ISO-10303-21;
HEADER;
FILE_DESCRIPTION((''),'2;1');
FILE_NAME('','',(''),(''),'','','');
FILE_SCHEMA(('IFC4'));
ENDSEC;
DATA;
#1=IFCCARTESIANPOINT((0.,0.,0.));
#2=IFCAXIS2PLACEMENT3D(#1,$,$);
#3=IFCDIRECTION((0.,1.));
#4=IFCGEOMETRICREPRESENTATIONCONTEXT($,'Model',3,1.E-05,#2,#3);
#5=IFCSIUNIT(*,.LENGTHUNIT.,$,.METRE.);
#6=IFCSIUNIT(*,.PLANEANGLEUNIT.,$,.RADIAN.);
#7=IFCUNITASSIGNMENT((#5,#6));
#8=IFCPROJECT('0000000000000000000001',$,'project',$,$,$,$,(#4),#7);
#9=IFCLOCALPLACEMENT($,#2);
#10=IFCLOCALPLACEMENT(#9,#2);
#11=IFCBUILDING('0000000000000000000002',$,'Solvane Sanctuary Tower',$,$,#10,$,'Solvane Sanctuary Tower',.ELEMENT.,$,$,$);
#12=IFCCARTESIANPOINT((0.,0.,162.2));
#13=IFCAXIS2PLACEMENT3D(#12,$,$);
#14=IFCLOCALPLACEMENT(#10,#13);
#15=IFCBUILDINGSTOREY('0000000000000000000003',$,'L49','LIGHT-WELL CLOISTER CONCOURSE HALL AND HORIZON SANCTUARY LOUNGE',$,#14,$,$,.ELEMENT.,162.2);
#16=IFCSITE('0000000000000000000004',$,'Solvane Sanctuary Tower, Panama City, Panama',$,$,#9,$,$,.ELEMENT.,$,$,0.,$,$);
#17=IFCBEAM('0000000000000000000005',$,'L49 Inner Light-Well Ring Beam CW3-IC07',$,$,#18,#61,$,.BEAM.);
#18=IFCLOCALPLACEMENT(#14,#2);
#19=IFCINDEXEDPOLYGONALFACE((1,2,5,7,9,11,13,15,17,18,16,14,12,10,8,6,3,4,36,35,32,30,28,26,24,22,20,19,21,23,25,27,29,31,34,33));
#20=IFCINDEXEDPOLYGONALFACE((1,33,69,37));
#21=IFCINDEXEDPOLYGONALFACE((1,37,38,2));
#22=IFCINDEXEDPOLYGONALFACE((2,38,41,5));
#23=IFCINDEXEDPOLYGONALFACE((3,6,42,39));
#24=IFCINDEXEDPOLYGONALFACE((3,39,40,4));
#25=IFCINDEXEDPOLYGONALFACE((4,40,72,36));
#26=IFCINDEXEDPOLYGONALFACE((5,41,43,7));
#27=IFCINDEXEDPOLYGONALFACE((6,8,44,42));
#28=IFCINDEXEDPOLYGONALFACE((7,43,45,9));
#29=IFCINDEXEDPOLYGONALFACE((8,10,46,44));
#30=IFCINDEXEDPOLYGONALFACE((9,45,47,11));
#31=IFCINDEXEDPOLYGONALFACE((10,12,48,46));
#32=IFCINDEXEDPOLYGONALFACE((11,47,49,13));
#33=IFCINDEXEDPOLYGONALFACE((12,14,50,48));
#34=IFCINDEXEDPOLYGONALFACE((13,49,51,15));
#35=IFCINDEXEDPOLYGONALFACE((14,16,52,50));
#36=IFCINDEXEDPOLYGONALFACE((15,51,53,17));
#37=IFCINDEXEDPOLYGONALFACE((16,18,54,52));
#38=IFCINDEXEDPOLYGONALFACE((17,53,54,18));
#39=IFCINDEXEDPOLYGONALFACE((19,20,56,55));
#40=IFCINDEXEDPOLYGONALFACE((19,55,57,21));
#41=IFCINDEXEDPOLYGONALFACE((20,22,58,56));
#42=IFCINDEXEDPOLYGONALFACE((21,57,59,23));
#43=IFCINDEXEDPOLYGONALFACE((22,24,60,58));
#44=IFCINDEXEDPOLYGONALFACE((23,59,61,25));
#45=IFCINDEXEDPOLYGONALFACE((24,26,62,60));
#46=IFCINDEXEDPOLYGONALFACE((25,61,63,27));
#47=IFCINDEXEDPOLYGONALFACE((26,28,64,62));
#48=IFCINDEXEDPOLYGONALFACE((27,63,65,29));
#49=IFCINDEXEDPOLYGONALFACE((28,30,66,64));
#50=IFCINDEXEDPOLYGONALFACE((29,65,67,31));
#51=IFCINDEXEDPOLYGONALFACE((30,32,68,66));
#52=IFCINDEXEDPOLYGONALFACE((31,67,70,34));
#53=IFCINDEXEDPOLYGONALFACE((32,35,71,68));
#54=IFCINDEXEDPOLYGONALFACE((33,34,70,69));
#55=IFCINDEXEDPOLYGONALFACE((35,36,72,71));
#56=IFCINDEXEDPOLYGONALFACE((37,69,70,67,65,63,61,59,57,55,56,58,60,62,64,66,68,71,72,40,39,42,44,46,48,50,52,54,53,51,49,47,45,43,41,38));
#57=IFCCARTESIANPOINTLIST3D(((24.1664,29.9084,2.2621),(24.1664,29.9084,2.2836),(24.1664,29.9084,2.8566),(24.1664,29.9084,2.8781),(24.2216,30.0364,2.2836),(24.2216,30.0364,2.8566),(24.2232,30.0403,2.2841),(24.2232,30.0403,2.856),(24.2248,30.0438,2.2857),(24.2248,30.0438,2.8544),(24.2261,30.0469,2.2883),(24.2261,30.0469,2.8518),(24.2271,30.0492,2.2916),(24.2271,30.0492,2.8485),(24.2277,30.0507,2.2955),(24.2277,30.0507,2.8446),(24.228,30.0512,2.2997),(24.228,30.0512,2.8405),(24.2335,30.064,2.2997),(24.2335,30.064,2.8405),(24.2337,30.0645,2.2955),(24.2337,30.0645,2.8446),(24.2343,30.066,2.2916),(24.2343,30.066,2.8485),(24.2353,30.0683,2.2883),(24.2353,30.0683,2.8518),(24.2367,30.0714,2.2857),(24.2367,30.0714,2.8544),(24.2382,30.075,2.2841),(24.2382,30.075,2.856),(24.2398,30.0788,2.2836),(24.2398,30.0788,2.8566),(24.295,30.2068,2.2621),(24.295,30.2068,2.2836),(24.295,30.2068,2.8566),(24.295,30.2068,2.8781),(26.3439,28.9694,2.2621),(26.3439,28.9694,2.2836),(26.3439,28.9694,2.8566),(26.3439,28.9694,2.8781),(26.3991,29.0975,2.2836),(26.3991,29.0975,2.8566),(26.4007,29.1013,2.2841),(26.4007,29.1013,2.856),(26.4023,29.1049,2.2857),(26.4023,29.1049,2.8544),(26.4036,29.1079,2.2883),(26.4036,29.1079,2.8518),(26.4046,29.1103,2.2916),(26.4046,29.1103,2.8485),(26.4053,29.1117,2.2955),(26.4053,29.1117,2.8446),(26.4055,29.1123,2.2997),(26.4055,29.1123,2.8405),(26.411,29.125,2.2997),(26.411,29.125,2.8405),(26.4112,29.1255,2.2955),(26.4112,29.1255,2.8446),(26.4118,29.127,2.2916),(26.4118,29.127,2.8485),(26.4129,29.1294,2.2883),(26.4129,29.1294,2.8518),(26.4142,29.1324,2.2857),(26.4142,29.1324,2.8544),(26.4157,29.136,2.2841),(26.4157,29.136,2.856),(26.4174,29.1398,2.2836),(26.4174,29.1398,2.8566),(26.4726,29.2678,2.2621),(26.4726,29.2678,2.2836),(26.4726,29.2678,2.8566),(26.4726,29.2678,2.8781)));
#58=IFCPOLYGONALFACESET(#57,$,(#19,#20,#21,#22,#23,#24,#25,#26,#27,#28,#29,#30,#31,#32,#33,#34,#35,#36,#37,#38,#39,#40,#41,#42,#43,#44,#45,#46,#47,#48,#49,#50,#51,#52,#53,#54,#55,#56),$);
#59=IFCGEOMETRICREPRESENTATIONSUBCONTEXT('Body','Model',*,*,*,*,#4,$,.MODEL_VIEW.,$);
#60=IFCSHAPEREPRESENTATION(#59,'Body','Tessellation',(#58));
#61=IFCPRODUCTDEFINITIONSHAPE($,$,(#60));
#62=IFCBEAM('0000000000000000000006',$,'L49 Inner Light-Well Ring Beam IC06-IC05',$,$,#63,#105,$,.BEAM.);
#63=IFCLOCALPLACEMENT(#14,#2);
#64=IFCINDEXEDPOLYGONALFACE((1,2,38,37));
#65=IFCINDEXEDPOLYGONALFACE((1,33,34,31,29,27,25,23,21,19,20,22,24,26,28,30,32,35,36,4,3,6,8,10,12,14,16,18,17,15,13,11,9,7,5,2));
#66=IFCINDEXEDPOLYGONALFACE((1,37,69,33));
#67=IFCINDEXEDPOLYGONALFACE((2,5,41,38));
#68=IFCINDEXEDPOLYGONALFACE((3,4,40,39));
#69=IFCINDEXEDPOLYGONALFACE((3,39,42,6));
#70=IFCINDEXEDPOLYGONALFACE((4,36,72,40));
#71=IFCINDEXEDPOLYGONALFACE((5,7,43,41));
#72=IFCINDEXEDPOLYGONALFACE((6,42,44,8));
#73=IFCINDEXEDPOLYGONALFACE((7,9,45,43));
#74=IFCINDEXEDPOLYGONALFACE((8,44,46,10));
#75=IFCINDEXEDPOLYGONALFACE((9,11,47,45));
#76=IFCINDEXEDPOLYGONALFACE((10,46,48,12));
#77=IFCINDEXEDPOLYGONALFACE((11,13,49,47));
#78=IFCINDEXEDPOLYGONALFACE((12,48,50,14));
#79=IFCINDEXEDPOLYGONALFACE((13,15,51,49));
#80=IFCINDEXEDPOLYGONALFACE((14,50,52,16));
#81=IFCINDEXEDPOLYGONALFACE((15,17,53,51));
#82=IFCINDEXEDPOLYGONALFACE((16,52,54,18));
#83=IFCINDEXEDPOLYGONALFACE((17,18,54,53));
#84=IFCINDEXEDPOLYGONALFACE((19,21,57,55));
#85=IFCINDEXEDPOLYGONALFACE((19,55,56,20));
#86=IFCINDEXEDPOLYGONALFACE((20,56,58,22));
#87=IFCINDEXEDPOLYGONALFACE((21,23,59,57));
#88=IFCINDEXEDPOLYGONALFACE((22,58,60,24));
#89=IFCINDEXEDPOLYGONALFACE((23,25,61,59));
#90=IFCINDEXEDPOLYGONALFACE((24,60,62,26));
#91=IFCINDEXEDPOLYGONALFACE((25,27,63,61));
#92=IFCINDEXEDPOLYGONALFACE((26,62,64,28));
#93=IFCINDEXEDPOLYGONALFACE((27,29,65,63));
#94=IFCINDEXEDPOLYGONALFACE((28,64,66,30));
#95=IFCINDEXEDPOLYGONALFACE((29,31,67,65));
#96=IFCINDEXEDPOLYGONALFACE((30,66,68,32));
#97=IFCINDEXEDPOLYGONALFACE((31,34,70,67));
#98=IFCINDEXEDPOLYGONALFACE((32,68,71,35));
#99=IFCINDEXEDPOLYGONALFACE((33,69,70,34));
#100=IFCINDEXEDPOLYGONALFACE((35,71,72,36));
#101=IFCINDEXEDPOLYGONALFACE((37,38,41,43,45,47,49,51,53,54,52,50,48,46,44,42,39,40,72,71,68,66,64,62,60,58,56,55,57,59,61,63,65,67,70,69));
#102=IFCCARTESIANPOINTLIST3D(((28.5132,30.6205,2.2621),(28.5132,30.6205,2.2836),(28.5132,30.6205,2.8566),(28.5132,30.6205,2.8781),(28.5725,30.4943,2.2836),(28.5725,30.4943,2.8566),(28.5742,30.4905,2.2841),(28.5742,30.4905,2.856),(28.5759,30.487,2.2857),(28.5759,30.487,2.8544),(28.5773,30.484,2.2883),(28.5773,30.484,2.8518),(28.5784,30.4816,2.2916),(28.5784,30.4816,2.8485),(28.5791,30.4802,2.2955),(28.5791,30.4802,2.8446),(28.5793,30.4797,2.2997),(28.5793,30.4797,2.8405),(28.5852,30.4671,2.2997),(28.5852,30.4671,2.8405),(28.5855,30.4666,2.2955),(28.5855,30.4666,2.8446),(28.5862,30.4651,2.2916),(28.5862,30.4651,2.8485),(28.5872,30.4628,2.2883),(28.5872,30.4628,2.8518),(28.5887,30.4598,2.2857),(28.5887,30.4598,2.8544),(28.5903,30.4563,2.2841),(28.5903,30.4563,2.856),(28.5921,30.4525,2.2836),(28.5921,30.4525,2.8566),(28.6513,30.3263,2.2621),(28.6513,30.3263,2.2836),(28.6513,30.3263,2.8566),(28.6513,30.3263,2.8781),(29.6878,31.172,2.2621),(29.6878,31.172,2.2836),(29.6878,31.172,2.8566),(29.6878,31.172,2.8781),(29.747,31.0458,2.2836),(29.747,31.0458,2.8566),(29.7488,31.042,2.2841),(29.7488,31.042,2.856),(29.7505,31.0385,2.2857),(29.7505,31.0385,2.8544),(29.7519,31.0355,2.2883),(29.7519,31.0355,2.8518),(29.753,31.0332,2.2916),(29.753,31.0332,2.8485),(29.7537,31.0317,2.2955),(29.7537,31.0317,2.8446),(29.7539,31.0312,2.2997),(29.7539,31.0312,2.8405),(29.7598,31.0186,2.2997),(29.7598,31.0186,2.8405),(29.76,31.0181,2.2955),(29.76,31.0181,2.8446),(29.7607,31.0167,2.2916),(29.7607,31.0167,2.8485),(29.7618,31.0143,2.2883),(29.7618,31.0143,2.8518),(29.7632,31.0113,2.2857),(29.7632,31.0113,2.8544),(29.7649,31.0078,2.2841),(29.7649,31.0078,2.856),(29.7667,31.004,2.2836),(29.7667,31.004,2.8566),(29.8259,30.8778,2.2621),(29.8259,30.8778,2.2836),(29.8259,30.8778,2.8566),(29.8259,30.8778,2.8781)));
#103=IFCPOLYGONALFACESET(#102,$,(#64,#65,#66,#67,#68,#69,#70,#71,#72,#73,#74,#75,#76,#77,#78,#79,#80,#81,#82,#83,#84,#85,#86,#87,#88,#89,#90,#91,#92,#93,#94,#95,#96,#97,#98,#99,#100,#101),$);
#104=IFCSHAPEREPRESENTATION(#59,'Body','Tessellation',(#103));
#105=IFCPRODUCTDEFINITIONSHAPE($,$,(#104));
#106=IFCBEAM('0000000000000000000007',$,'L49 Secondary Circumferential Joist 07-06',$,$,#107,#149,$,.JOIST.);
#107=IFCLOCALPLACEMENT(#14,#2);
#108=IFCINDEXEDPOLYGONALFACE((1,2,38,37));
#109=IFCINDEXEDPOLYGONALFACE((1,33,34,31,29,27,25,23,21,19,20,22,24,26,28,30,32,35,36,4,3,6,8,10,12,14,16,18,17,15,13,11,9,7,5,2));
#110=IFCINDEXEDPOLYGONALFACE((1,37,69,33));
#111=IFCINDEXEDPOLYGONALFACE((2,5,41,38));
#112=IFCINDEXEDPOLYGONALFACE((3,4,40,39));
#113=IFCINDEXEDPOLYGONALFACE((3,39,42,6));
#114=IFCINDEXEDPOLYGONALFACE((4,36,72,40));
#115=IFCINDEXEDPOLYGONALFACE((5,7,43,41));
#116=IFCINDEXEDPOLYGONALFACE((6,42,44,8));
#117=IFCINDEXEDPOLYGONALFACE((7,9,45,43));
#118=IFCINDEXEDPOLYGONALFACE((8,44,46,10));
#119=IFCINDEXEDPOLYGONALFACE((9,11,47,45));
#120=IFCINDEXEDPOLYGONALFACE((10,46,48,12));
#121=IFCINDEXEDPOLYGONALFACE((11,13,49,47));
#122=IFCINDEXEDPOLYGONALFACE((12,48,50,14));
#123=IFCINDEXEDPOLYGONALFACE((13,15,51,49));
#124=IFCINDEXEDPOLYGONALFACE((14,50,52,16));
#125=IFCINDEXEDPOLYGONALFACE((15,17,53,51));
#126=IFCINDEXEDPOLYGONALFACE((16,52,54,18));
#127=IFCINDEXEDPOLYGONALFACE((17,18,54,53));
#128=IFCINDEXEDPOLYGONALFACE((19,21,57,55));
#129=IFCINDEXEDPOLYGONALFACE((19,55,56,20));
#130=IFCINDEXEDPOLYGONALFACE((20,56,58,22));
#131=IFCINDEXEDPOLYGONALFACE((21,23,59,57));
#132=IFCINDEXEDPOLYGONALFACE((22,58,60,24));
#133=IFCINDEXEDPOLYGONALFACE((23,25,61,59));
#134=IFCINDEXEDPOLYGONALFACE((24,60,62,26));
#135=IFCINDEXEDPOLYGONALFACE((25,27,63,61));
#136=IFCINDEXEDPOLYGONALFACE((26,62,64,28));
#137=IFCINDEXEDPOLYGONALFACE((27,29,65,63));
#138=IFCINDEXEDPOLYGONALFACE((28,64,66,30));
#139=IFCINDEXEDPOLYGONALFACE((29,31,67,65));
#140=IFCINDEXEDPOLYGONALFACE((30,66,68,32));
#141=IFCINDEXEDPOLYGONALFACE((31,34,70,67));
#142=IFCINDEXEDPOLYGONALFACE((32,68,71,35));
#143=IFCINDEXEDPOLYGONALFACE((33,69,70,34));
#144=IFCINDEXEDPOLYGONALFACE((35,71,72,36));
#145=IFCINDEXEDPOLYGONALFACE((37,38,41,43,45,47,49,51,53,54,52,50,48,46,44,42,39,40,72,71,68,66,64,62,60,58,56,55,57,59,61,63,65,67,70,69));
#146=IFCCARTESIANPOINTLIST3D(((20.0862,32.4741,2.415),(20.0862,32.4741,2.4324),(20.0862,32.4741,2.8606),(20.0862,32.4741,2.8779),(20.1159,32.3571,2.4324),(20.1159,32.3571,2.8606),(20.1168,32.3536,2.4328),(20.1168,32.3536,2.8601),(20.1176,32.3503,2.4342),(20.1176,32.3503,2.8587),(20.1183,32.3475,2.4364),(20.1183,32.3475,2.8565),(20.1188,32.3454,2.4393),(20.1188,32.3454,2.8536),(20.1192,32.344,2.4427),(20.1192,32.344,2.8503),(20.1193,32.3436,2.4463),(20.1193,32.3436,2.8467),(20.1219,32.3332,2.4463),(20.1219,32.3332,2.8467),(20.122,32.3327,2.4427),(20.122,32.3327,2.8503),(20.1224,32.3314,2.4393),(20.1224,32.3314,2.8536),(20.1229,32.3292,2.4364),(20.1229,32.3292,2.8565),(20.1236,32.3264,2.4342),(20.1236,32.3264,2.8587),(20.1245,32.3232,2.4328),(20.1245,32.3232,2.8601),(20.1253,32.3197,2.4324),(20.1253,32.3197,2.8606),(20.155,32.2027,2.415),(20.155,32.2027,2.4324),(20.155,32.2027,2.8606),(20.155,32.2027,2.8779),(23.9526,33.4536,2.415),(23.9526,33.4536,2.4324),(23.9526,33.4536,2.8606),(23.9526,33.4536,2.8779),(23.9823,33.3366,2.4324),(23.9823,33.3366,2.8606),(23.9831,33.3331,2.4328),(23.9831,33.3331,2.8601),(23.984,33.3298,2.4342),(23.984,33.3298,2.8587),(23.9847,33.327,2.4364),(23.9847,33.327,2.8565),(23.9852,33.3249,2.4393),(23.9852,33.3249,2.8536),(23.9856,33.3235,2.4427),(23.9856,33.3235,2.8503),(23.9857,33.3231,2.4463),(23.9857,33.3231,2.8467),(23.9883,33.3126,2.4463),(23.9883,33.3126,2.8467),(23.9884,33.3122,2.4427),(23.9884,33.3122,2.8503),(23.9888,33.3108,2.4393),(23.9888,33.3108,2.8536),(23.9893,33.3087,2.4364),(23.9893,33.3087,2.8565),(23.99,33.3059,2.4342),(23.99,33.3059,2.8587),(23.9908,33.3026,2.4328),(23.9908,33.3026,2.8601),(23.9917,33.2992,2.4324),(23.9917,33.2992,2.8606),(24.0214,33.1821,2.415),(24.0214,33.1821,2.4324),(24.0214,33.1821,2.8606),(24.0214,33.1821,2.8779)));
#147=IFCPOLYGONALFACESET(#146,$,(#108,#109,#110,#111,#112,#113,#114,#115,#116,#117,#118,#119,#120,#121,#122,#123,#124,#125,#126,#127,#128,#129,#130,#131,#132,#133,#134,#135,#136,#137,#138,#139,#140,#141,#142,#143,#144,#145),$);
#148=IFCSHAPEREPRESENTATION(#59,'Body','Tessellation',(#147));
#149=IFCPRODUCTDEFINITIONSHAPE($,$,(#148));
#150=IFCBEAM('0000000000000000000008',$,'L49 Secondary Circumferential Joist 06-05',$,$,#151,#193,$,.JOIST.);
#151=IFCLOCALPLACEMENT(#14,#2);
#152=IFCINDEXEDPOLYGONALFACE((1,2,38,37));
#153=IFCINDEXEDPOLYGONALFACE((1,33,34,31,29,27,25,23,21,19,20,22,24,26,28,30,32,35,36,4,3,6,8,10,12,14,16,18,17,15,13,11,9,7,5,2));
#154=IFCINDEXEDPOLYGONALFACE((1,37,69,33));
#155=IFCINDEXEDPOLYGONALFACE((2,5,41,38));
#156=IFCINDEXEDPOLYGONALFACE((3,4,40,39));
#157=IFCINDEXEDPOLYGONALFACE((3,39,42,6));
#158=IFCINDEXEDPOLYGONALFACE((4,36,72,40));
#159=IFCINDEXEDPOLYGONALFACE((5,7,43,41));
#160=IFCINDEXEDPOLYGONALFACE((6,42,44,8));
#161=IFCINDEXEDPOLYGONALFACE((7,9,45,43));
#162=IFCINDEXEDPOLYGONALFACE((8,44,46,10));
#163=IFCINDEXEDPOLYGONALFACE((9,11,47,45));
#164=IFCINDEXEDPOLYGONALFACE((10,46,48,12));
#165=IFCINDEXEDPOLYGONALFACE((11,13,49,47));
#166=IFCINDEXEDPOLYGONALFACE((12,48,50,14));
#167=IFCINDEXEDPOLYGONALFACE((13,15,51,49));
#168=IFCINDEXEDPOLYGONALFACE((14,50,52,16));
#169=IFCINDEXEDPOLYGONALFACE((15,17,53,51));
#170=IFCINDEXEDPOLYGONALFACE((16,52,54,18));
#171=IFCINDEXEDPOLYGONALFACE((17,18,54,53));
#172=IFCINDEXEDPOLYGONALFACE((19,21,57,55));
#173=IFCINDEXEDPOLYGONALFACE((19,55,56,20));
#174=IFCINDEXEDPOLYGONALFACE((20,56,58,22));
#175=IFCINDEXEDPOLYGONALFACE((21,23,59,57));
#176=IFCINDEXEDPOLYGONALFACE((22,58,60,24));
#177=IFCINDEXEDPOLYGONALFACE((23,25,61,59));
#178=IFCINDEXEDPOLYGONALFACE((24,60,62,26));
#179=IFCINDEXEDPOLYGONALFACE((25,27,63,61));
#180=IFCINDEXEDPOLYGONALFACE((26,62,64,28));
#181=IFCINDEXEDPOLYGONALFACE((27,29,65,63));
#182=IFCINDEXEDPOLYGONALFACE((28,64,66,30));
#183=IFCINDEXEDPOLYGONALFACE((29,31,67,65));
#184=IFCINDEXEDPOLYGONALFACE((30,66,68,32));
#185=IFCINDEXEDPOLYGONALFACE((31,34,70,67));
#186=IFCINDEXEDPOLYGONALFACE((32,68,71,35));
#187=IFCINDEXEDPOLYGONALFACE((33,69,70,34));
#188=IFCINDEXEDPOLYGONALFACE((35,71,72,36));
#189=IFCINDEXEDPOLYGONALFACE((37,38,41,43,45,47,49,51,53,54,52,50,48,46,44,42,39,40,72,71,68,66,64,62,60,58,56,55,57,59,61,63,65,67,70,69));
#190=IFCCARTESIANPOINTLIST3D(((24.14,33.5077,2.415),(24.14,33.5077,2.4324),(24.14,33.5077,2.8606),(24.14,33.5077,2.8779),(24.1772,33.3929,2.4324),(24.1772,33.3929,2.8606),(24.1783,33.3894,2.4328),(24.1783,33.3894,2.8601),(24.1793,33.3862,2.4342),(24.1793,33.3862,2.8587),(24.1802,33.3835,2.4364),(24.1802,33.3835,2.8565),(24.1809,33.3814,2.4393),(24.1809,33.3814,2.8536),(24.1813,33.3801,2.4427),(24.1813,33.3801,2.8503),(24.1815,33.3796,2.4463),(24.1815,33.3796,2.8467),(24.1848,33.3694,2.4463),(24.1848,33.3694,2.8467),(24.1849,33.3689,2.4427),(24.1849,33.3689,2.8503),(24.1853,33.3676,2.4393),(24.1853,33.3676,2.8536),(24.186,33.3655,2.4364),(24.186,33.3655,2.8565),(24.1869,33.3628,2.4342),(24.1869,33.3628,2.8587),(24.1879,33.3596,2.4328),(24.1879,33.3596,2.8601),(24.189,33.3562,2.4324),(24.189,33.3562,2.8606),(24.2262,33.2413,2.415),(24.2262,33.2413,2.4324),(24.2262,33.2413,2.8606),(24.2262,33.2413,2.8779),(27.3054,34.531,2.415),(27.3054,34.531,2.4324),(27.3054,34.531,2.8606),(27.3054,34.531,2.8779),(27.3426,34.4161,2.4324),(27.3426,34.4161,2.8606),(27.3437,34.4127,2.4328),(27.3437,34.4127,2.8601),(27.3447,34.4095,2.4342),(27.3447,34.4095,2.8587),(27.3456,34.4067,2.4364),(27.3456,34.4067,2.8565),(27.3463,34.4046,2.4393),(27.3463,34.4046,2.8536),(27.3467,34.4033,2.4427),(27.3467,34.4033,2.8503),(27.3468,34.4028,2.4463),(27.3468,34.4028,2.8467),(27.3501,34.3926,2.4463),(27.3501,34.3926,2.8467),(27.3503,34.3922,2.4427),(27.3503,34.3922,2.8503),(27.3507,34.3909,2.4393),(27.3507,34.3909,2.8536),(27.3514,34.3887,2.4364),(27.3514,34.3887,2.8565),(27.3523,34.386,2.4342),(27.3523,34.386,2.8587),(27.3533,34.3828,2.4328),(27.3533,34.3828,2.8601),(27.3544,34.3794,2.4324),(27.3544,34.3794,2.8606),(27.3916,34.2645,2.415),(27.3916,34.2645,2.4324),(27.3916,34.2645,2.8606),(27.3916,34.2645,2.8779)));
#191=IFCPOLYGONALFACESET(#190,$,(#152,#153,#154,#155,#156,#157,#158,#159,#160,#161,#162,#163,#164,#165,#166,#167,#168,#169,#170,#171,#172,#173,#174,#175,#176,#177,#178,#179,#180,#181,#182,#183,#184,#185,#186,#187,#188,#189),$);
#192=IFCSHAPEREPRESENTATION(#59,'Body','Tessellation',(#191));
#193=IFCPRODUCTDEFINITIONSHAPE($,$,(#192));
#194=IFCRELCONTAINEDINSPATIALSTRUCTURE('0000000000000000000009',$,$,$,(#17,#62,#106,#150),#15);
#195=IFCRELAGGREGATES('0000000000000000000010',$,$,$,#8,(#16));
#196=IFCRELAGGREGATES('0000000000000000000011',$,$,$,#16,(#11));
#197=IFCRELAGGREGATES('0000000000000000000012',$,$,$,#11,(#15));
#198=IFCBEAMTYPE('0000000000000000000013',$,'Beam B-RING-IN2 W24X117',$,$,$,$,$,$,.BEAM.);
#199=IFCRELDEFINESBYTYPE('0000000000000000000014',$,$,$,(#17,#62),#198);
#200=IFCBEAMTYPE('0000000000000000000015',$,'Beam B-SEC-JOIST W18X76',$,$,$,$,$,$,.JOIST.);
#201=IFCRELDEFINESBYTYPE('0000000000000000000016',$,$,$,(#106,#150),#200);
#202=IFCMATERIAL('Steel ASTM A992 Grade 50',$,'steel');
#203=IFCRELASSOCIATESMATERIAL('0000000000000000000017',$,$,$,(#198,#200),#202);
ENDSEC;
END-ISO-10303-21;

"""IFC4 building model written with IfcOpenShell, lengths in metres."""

from ifc_helpers import new_model, si_unit, direction, frame, origin, origin_2d, place, context, subcontext, project, spatial, i_section, extrude, material, material_profile, profile_set, type_object, element, save


model = new_model("IFC4")

# Units and contexts
model_context = context("Model", 3, precision=1e-05, world=origin(), true_north=direction((0.0, 1.0)))
body_context = subcontext(model_context, "Body", "Model", "MODEL_VIEW")
ifc_project = project(units=[si_unit("LENGTHUNIT", "METRE"), si_unit("PLANEANGLEUNIT", "RADIAN")], contexts=[model_context])

# Site, building, storey
site_placement = place(None, origin())
site = spatial("IfcSite", under=ifc_project, at=site_placement, Name="Solvane Sanctuary Tower, Panama City, Panama", CompositionType="ELEMENT", RefElevation=0.0)
building_placement = place(site_placement, origin())
building = spatial("IfcBuilding", under=site, at=building_placement, Name="Solvane Sanctuary Tower", LongName="Solvane Sanctuary Tower", CompositionType="ELEMENT")
storey_placement = place(building_placement, frame((0.0, 0.0, 162.2)))
storey = spatial("IfcBuildingStorey", under=building, at=storey_placement, Name="L49", Description="LIGHT-WELL CLOISTER CONCOURSE HALL AND HORIZON SANCTUARY LOUNGE", CompositionType="ELEMENT", Elevation=162.2)

# Beams
ifc_material_1 = material(Name="Steel ASTM A992 Grade 50", Category="steel")
ifc_material_profile_1 = material_profile(ifc_material_1, i_section(OverallWidth=0.325, OverallDepth=0.616, WebThickness=0.0139, FlangeThickness=0.0215, FilletRadius=0.0161, at=origin_2d()), Name="W24X117")
ifc_profile_set_1 = profile_set([ifc_material_profile_1], Name="Steel ASTM A992 Grade 50")
beam_type_1 = type_object("IfcBeamType", Name="Beam B-RING-IN2 W24X117", PredefinedType="BEAM", material=ifc_profile_set_1)
beam_1_placement = place(storey_placement, frame((24.2307, 30.0576, 2.5701), z_axis=(0.918264, -0.395969, 0.0), x_axis=(0.395969, 0.918264, 0.0)))
element("IfcBeam", 1, at=beam_1_placement, inside=storey, type_object=beam_type_1, Name="L49 Inner Light-Well Ring Beam CW3-IC07", PredefinedType="BEAM", context=body_context, shape_type="SweptSolid", body=[
    extrude(i_section(OverallWidth=0.325, OverallDepth=0.616, WebThickness=0.0139, FlangeThickness=0.0215, FilletRadius=0.0161, at=origin_2d()), origin(), (0.0, 0.0, 1.0), 2.3713),
])
beam_2_placement = place(storey_placement, frame((28.5823, 30.4734, 2.5701), z_axis=(0.905181, 0.425027, 0.0), x_axis=(-0.425027, 0.905181, 0.0)))
element("IfcBeam", 2, at=beam_2_placement, inside=storey, type_object=beam_type_1, Name="L49 Inner Light-Well Ring Beam IC06-IC05", PredefinedType="BEAM", context=body_context, shape_type="SweptSolid", body=[
    extrude(i_section(OverallWidth=0.325, OverallDepth=0.616, WebThickness=0.0139, FlangeThickness=0.0215, FilletRadius=0.0161, at=origin_2d()), origin(), (0.0, 0.0, 1.0), 1.2976),
])
ifc_material_profile_2 = material_profile(ifc_material_1, i_section(OverallWidth=0.28, OverallDepth=0.4629, WebThickness=0.0107, FlangeThickness=0.0173, FilletRadius=0.0139, at=origin_2d()), Name="W18X76")
ifc_profile_set_2 = profile_set([ifc_material_profile_2], Name="Steel ASTM A992 Grade 50")
beam_type_2 = type_object("IfcBeamType", Name="Beam B-SEC-JOIST W18X76", PredefinedType="JOIST", material=ifc_profile_set_2)
beam_3_placement = place(storey_placement, frame((20.1206, 32.3384, 2.6465), z_axis=(0.969378, 0.245573, 0.0), x_axis=(-0.245573, 0.969378, 0.0)))
element("IfcBeam", 3, at=beam_3_placement, inside=storey, type_object=beam_type_2, Name="L49 Secondary Circumferential Joist 07-06", PredefinedType="JOIST", context=body_context, shape_type="SweptSolid", body=[
    extrude(i_section(OverallWidth=0.28, OverallDepth=0.4629, WebThickness=0.0107, FlangeThickness=0.0173, FilletRadius=0.0139, at=origin_2d()), origin(), (0.0, 0.0, 1.0), 3.9885),
])
beam_4_placement = place(storey_placement, frame((24.1831, 33.3745, 2.6465), z_axis=(0.951521, 0.307584, 0.0), x_axis=(-0.307584, 0.951521, 0.0)))
element("IfcBeam", 4, at=beam_4_placement, inside=storey, type_object=beam_type_2, Name="L49 Secondary Circumferential Joist 06-05", PredefinedType="JOIST", context=body_context, shape_type="SweptSolid", body=[
    extrude(i_section(OverallWidth=0.28, OverallDepth=0.4629, WebThickness=0.0107, FlangeThickness=0.0173, FilletRadius=0.0139, at=origin_2d()), origin(), (0.0, 0.0, 1.0), 3.3267),
])

save(model, "model.ifc")
